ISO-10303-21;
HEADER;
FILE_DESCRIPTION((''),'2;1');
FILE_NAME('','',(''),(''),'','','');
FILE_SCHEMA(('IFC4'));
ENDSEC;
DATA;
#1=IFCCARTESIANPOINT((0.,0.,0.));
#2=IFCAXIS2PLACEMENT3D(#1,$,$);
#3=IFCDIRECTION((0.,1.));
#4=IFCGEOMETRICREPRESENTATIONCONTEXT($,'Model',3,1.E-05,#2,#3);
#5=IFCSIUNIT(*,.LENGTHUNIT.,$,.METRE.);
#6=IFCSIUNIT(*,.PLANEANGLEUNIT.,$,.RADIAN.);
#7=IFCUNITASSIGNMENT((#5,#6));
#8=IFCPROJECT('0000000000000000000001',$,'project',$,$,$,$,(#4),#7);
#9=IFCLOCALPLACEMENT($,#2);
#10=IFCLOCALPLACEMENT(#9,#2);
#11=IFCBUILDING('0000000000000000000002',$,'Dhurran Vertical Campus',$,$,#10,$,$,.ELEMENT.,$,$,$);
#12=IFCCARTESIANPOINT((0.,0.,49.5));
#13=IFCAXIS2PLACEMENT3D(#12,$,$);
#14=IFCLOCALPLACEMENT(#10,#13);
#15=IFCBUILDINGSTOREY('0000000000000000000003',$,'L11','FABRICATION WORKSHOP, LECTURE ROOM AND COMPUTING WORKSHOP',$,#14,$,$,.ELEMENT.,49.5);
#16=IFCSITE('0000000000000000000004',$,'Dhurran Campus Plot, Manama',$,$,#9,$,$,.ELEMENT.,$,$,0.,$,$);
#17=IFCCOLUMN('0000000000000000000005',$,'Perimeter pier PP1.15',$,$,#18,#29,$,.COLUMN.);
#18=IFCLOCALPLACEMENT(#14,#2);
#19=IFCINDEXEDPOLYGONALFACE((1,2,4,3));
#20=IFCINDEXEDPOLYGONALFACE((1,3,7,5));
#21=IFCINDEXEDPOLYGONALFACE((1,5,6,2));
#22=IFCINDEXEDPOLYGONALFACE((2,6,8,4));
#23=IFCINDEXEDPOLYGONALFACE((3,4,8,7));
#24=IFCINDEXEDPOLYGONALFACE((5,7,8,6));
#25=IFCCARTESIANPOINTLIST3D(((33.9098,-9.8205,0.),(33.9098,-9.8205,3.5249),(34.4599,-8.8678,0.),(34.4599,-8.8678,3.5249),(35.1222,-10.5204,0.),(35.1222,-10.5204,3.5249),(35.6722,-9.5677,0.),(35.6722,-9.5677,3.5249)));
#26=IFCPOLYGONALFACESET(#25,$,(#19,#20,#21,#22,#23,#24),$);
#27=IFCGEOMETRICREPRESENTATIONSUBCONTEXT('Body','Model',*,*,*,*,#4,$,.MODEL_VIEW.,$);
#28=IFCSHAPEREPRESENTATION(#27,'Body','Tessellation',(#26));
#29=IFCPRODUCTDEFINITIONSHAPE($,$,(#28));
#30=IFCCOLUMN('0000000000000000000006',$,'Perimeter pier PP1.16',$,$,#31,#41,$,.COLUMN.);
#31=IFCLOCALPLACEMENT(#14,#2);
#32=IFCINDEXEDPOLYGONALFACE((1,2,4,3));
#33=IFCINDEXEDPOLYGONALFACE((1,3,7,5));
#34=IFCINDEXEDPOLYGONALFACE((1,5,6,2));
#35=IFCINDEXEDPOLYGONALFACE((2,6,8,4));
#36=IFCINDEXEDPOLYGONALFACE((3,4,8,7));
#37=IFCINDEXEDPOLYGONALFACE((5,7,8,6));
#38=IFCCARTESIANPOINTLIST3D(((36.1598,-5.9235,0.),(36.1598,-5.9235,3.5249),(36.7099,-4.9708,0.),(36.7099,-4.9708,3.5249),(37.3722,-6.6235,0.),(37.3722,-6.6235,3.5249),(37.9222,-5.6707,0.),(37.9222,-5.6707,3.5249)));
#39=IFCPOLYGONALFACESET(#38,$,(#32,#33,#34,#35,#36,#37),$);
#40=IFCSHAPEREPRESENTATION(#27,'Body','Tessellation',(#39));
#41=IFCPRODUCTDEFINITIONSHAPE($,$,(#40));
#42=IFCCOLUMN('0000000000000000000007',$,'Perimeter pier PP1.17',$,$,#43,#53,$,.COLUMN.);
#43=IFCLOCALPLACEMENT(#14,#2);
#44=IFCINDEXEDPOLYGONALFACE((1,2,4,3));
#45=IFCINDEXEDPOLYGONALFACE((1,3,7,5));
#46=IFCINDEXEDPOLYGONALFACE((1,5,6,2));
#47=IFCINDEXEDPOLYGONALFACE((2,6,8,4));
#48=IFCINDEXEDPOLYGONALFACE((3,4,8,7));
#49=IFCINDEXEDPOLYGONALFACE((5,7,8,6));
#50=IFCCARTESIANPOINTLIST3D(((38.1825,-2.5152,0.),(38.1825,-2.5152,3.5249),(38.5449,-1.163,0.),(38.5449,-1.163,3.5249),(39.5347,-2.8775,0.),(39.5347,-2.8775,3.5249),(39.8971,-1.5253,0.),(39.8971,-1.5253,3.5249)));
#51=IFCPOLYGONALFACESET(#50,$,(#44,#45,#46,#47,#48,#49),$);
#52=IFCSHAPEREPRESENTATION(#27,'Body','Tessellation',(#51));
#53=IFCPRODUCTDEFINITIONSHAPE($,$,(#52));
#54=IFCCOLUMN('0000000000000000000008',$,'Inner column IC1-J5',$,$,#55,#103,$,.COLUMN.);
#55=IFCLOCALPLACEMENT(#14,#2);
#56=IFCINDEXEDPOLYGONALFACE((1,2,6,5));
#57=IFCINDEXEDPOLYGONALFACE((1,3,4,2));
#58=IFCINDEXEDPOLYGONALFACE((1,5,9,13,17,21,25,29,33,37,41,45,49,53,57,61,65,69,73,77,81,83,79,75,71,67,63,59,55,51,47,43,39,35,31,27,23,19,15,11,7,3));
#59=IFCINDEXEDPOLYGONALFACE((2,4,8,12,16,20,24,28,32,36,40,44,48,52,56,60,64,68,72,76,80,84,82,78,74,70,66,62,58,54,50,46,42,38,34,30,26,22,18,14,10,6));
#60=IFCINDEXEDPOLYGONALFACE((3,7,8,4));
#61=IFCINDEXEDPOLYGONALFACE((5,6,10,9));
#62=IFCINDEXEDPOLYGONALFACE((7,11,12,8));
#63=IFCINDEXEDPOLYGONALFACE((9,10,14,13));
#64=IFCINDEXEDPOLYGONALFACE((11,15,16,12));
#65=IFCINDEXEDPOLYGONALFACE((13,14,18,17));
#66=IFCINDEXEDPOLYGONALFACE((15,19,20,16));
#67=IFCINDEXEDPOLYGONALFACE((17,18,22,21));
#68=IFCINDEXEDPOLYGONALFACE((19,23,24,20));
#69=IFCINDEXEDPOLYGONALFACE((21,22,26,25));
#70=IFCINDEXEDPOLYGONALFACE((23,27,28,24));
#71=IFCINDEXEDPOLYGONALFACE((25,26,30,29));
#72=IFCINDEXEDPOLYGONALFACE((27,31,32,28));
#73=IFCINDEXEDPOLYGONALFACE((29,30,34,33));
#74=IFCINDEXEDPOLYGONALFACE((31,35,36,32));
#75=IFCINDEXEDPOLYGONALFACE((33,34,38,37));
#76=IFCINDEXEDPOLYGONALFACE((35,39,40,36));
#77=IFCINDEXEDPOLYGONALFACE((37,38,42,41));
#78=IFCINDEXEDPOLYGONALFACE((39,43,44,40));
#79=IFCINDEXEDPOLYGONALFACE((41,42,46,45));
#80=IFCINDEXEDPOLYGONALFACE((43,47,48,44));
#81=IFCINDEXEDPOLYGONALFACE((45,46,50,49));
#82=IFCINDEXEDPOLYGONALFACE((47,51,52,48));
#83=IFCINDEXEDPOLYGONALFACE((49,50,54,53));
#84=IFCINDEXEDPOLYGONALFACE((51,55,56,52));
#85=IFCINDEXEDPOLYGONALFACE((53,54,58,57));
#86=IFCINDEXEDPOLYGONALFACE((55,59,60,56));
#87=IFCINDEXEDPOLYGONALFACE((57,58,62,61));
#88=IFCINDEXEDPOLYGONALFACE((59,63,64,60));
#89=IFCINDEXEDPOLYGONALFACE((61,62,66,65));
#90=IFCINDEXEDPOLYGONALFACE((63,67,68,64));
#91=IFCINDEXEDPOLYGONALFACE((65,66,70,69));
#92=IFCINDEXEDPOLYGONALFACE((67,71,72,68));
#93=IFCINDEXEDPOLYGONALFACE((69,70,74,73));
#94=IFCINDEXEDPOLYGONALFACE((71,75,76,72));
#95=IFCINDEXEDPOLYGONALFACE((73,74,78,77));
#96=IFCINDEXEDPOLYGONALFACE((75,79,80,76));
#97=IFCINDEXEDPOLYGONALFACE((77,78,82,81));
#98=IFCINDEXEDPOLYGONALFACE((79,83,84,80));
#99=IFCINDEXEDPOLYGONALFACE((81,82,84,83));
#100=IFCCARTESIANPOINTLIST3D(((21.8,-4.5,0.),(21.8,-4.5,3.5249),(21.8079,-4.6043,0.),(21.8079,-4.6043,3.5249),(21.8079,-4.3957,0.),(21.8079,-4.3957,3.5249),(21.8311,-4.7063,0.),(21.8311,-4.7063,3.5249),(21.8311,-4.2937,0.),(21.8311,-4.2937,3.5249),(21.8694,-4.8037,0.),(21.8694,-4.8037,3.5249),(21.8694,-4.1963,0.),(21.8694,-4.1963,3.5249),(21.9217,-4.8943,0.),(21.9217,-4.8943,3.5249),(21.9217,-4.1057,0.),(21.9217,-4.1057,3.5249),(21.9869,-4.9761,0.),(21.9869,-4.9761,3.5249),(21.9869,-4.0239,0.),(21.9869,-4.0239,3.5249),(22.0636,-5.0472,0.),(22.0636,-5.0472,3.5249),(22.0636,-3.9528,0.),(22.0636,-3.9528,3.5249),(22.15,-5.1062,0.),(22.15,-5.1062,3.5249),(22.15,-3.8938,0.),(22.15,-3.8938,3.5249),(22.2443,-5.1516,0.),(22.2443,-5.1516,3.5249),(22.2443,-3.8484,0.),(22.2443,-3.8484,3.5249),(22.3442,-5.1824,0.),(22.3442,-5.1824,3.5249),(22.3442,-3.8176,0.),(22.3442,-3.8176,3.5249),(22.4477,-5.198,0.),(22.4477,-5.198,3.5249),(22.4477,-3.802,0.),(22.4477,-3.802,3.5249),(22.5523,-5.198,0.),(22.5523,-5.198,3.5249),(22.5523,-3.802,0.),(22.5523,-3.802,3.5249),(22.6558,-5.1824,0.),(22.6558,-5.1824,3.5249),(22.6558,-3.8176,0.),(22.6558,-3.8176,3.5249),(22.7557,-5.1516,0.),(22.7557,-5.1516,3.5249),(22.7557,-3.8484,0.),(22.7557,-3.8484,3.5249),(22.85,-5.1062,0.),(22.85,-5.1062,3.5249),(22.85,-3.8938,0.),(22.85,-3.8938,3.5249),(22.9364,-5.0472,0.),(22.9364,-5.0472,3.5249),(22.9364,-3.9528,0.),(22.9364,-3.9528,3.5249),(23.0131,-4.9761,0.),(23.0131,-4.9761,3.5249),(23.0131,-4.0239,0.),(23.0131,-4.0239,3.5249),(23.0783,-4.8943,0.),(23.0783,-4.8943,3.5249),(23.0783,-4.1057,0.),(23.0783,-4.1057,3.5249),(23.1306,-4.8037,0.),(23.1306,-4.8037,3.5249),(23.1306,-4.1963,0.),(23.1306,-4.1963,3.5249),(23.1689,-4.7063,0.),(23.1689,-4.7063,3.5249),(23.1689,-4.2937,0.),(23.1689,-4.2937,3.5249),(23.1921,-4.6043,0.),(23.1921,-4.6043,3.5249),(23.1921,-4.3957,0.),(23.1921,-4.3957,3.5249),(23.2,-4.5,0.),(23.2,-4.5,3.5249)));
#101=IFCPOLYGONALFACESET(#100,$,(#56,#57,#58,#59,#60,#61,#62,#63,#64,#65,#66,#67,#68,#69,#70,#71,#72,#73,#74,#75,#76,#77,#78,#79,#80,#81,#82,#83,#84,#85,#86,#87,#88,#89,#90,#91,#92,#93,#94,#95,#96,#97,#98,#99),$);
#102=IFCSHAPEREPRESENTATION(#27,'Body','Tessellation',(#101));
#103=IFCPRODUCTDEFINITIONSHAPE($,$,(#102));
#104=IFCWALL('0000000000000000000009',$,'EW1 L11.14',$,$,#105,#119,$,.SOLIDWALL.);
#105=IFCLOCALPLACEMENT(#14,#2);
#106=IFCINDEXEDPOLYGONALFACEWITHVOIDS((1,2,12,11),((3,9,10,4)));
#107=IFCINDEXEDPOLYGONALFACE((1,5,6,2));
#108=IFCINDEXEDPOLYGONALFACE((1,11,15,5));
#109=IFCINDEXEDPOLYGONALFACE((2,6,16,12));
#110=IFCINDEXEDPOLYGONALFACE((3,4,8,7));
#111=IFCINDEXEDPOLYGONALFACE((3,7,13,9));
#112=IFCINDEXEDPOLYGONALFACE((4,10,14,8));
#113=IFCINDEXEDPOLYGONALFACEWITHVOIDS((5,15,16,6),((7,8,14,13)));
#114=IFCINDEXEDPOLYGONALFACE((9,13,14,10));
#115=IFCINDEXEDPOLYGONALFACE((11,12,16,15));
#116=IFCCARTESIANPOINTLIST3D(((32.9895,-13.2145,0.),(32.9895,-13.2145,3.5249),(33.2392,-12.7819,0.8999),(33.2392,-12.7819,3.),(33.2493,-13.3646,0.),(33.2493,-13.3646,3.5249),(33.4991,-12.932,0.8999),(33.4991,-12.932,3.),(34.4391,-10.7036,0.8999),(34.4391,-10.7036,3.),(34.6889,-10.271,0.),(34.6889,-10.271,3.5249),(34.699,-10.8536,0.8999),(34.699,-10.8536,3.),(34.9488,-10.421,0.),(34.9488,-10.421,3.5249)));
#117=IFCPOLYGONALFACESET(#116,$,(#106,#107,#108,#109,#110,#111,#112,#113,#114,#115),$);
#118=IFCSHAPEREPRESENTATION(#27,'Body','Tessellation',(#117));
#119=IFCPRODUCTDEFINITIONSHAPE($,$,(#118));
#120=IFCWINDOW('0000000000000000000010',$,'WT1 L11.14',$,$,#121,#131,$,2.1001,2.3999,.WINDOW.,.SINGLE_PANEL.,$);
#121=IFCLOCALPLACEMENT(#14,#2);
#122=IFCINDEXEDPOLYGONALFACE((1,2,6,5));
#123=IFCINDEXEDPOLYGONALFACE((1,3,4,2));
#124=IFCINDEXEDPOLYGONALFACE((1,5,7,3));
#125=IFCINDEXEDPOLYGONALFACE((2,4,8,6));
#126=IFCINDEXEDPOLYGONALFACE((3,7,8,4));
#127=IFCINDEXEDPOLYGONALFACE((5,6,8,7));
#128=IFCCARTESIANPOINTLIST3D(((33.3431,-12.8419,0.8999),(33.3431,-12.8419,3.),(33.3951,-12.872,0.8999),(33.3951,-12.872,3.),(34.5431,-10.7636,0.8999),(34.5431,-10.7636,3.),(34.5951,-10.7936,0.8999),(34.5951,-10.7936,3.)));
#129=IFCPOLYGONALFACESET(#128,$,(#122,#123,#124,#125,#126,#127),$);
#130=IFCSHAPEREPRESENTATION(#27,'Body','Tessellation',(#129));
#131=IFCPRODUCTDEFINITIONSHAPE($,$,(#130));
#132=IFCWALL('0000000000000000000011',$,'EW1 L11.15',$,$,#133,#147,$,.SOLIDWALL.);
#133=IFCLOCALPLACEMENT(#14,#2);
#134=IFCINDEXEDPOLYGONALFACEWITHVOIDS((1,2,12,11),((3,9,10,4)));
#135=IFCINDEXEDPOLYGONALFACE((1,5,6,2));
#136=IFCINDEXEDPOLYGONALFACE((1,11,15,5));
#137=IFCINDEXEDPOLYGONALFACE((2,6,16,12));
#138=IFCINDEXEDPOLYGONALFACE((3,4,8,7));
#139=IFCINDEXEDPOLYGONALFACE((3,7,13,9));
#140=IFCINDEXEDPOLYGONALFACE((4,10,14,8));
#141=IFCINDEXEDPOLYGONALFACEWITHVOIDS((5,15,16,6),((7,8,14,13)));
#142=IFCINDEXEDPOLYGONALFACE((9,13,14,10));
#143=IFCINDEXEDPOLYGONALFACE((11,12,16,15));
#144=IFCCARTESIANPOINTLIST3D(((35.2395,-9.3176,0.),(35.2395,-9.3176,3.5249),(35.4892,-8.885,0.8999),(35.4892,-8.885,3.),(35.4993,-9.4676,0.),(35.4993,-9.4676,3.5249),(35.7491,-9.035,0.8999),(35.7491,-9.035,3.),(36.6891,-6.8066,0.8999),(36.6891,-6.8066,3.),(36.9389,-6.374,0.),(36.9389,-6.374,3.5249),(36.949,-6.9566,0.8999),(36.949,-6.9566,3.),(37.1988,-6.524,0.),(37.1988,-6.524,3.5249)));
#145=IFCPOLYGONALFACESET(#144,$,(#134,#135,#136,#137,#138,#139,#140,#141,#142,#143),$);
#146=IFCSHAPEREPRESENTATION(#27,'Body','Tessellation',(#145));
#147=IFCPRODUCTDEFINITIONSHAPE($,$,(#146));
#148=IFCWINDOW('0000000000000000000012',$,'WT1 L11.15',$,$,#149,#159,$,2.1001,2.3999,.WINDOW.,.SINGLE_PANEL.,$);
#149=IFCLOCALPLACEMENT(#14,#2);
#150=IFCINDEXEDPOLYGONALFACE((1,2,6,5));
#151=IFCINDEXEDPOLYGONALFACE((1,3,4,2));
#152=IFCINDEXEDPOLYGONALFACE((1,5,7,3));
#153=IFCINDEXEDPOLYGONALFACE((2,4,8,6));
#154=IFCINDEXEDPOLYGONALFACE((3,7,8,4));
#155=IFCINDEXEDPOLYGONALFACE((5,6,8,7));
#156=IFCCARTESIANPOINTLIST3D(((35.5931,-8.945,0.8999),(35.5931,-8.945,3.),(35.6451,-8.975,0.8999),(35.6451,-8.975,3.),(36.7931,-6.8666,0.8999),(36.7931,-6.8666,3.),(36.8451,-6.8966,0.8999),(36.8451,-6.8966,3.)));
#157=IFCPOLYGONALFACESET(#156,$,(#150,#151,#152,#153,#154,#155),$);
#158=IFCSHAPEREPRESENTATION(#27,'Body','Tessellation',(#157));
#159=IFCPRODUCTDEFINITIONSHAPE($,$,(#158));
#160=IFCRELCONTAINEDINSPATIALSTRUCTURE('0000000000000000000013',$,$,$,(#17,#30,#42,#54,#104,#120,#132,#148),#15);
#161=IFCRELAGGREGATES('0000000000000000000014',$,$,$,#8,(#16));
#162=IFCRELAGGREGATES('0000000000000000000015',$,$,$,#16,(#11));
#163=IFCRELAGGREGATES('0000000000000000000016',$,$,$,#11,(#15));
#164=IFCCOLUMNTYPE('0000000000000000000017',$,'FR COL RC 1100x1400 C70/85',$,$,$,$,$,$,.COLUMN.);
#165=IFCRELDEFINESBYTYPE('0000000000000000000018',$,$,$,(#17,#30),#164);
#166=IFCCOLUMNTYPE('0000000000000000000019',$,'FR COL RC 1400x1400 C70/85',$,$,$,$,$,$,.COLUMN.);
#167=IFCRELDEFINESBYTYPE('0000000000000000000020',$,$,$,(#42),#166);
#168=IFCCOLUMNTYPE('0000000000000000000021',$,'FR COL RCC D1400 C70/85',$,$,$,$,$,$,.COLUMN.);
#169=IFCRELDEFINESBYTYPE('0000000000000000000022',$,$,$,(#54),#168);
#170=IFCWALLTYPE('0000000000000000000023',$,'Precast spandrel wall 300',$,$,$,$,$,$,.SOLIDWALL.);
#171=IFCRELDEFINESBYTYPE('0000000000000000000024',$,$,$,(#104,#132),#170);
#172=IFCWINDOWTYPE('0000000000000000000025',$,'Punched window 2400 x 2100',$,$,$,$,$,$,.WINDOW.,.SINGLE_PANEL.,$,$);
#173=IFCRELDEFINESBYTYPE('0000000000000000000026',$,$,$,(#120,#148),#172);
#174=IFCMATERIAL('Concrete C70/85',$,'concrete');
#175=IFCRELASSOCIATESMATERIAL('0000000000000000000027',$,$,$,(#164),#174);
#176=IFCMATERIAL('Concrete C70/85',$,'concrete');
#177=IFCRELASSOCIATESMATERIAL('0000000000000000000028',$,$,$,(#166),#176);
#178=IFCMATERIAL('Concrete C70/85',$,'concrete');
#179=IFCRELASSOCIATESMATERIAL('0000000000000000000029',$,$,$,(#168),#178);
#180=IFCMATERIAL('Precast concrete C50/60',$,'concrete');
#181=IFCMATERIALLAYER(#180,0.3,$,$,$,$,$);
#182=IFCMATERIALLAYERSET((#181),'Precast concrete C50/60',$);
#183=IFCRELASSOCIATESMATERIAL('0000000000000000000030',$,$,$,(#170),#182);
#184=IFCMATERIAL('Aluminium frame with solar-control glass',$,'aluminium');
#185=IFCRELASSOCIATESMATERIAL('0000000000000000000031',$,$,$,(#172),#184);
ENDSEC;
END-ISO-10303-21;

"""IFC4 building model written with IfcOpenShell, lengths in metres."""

from ifc_helpers import new_model, si_unit, direction, frame, frame_2d, origin, origin_2d, place, context, subcontext, project, spatial, rectangle, circle, extrude, material, layer, layer_set, material_profile, profile_set, type_object, element, fill, save


model = new_model("IFC4")

# Units and contexts
model_context = context("Model", 3, precision=1e-05, world=origin(), true_north=direction((0.0, 1.0)))
body_context = subcontext(model_context, "Body", "Model", "MODEL_VIEW")
ifc_project = project(units=[si_unit("LENGTHUNIT", "METRE"), si_unit("PLANEANGLEUNIT", "RADIAN")], contexts=[model_context])

# Site, building, storey
site_placement = place(None, origin())
site = spatial("IfcSite", under=ifc_project, at=site_placement, Name="Dhurran Campus Plot, Manama", CompositionType="ELEMENT", RefElevation=0.0)
building_placement = place(site_placement, origin())
building = spatial("IfcBuilding", under=site, at=building_placement, Name="Dhurran Vertical Campus", CompositionType="ELEMENT")
storey_placement = place(building_placement, frame((0.0, 0.0, 49.5)))
storey = spatial("IfcBuildingStorey", under=building, at=storey_placement, Name="L11", Description="FABRICATION WORKSHOP, LECTURE ROOM AND COMPUTING WORKSHOP", CompositionType="ELEMENT", Elevation=49.5)

# Columns
ifc_material_1 = material(Name="Concrete C70/85", Category="concrete")
ifc_material_profile_1 = material_profile(ifc_material_1, rectangle(XDim=1.1001, YDim=1.3999, at=origin_2d()), Name="RC 1100x1400")
ifc_profile_set_1 = profile_set([ifc_material_profile_1], Name="Concrete C70/85")
column_type_1 = type_object("IfcColumnType", Name="FR COL RC 1100x1400 C70/85", PredefinedType="COLUMN", material=ifc_profile_set_1)
for number, where, z_axis, x_axis, name in (
    (1, (34.791, -9.6941, 0.0), (0.0, 0.0, 1.0), (0.5, 0.866025, 0.0), "Perimeter pier PP1.15"),
    (2, (37.041, -5.7971, 0.0), (0.0, 0.0, 1.0), (0.5, 0.866025, 0.0), "Perimeter pier PP1.16"),
):
    element("IfcColumn", number, at=place(storey_placement, frame(where, z_axis=z_axis, x_axis=x_axis)), inside=storey, type_object=column_type_1, Name=name, PredefinedType="COLUMN", context=body_context, shape_type="SweptSolid", body=[
        extrude(rectangle(XDim=1.1001, YDim=1.3999, at=origin_2d()), origin(), (0.0, 0.0, 1.0), 3.5249),
    ])
ifc_material_2 = material(Name="Concrete C70/85", Category="concrete")
ifc_material_profile_2 = material_profile(ifc_material_2, rectangle(XDim=1.3999, YDim=1.3999, at=origin_2d()), Name="RC 1400x1400")
ifc_profile_set_2 = profile_set([ifc_material_profile_2], Name="Concrete C70/85")
column_type_2 = type_object("IfcColumnType", Name="FR COL RC 1400x1400 C70/85", PredefinedType="COLUMN", material=ifc_profile_set_2)
column_1_placement = place(storey_placement, frame((39.0398, -2.0203, 0.0), z_axis=(0.0, 0.0, 1.0), x_axis=(0.258819, 0.965926, 0.0)))
element("IfcColumn", 3, at=column_1_placement, inside=storey, type_object=column_type_2, Name="Perimeter pier PP1.17", PredefinedType="COLUMN", context=body_context, shape_type="SweptSolid", body=[
    extrude(rectangle(XDim=1.3999, YDim=1.3999, at=origin_2d()), origin(), (0.0, 0.0, 1.0), 3.5249),
])
ifc_material_3 = material(Name="Concrete C70/85", Category="concrete")
ifc_material_profile_3 = material_profile(ifc_material_3, circle(Radius=0.7, at=origin_2d()), Name="RCC D1400")
ifc_profile_set_3 = profile_set([ifc_material_profile_3], Name="Concrete C70/85")
column_type_3 = type_object("IfcColumnType", Name="FR COL RCC D1400 C70/85", PredefinedType="COLUMN", material=ifc_profile_set_3)
column_2_placement = place(storey_placement, frame((22.5, -4.5, 0.0), z_axis=(0.0, 0.0, 1.0), x_axis=(1.0, 0.0, 0.0)))
element("IfcColumn", 4, at=column_2_placement, inside=storey, type_object=column_type_3, Name="Inner column IC1-J5", PredefinedType="COLUMN", context=body_context, shape_type="SweptSolid", body=[
    extrude(circle(Radius=0.7, at=origin_2d()), origin(), (0.0, 0.0, 1.0), 3.5249),
])

# Walls, openings, windows
ifc_material_4 = material(Name="Precast concrete C50/60", Category="concrete")
ifc_layer_1 = layer(ifc_material_4, 0.3)
ifc_layer_set_1 = layer_set([ifc_layer_1], Name="Precast concrete C50/60")
wall_type_1 = type_object("IfcWallType", Name="Precast spandrel wall 300", PredefinedType="SOLIDWALL", material=ifc_layer_set_1)
wall_1_placement = place(storey_placement, frame((33.1194, -13.2896, 0.0), z_axis=(0.0, 0.0, 1.0), x_axis=(0.499994, 0.866029, 0.0)))
wall_1 = element("IfcWall", 5, at=wall_1_placement, inside=storey, type_object=wall_type_1, Name="EW1 L11.14", PredefinedType="SOLIDWALL", context=body_context, shape_type="SweptSolid", body=[
    extrude(rectangle(XDim=3.3989, YDim=0.3, at=frame_2d((1.6995, 0.0))), origin(), (0.0, 0.0, 1.0), 3.5249),
])
opening_1_placement = place(wall_1_placement, frame((0.4995, 0.0, 0.8999)))
opening_1 = element("IfcOpeningElement", 6, at=opening_1_placement, cuts=wall_1, PredefinedType="OPENING", context=body_context, shape_type="SweptSolid", body=[
    extrude(rectangle(XDim=2.3999, YDim=2.1001, at=frame_2d((1.2, 1.05))), frame((0.0, 0.1599, 0.0), z_axis=(0.0, -1.0, 0.0), x_axis=(1.0, 0.0, 0.0)), (0.0, 0.0, 1.0), 0.3201),
])
ifc_material_5 = material(Name="Aluminium frame with solar-control glass", Category="aluminium")
window_type = type_object("IfcWindowType", Name="Punched window 2400 x 2100", PartitioningType="SINGLE_PANEL", PredefinedType="WINDOW", material=ifc_material_5)
window_1_placement = place(opening_1_placement, origin())
window_1 = element("IfcWindow", 7, at=window_1_placement, inside=storey, type_object=window_type, Name="WT1 L11.14", OverallHeight=2.1001, OverallWidth=2.3999, PartitioningType="SINGLE_PANEL", PredefinedType="WINDOW", context=body_context, shape_type="SweptSolid", body=[
    extrude(rectangle(XDim=2.3999, YDim=2.1001, at=frame_2d((1.2, 1.05))), frame((0.0, 0.03, 0.0), z_axis=(0.0, -1.0, 0.0), x_axis=(1.0, 0.0, 0.0)), (0.0, 0.0, 1.0), 0.0601),
])
fill(opening_1, window_1)
wall_2_placement = place(storey_placement, frame((35.3694, -9.3926, 0.0), z_axis=(0.0, 0.0, 1.0), x_axis=(0.499994, 0.866029, 0.0)))
wall_2 = element("IfcWall", 8, at=wall_2_placement, inside=storey, type_object=wall_type_1, Name="EW1 L11.15", PredefinedType="SOLIDWALL", context=body_context, shape_type="SweptSolid", body=[
    extrude(rectangle(XDim=3.3989, YDim=0.3, at=frame_2d((1.6995, 0.0))), origin(), (0.0, 0.0, 1.0), 3.5249),
])
opening_2_placement = place(wall_2_placement, frame((0.4995, 0.0, 0.8999)))
opening_2 = element("IfcOpeningElement", 9, at=opening_2_placement, cuts=wall_2, PredefinedType="OPENING", context=body_context, shape_type="SweptSolid", body=[
    extrude(rectangle(XDim=2.3999, YDim=2.1001, at=frame_2d((1.2, 1.05))), frame((0.0, 0.1599, 0.0), z_axis=(0.0, -1.0, 0.0), x_axis=(1.0, 0.0, 0.0)), (0.0, 0.0, 1.0), 0.3201),
])
window_2_placement = place(opening_2_placement, origin())
window_2 = element("IfcWindow", 10, at=window_2_placement, inside=storey, type_object=window_type, Name="WT1 L11.15", OverallHeight=2.1001, OverallWidth=2.3999, PartitioningType="SINGLE_PANEL", PredefinedType="WINDOW", context=body_context, shape_type="SweptSolid", body=[
    extrude(rectangle(XDim=2.3999, YDim=2.1001, at=frame_2d((1.2, 1.05))), frame((0.0, 0.03, 0.0), z_axis=(0.0, -1.0, 0.0), x_axis=(1.0, 0.0, 0.0)), (0.0, 0.0, 1.0), 0.0601),
])
fill(opening_2, window_2)

save(model, "model.ifc")
